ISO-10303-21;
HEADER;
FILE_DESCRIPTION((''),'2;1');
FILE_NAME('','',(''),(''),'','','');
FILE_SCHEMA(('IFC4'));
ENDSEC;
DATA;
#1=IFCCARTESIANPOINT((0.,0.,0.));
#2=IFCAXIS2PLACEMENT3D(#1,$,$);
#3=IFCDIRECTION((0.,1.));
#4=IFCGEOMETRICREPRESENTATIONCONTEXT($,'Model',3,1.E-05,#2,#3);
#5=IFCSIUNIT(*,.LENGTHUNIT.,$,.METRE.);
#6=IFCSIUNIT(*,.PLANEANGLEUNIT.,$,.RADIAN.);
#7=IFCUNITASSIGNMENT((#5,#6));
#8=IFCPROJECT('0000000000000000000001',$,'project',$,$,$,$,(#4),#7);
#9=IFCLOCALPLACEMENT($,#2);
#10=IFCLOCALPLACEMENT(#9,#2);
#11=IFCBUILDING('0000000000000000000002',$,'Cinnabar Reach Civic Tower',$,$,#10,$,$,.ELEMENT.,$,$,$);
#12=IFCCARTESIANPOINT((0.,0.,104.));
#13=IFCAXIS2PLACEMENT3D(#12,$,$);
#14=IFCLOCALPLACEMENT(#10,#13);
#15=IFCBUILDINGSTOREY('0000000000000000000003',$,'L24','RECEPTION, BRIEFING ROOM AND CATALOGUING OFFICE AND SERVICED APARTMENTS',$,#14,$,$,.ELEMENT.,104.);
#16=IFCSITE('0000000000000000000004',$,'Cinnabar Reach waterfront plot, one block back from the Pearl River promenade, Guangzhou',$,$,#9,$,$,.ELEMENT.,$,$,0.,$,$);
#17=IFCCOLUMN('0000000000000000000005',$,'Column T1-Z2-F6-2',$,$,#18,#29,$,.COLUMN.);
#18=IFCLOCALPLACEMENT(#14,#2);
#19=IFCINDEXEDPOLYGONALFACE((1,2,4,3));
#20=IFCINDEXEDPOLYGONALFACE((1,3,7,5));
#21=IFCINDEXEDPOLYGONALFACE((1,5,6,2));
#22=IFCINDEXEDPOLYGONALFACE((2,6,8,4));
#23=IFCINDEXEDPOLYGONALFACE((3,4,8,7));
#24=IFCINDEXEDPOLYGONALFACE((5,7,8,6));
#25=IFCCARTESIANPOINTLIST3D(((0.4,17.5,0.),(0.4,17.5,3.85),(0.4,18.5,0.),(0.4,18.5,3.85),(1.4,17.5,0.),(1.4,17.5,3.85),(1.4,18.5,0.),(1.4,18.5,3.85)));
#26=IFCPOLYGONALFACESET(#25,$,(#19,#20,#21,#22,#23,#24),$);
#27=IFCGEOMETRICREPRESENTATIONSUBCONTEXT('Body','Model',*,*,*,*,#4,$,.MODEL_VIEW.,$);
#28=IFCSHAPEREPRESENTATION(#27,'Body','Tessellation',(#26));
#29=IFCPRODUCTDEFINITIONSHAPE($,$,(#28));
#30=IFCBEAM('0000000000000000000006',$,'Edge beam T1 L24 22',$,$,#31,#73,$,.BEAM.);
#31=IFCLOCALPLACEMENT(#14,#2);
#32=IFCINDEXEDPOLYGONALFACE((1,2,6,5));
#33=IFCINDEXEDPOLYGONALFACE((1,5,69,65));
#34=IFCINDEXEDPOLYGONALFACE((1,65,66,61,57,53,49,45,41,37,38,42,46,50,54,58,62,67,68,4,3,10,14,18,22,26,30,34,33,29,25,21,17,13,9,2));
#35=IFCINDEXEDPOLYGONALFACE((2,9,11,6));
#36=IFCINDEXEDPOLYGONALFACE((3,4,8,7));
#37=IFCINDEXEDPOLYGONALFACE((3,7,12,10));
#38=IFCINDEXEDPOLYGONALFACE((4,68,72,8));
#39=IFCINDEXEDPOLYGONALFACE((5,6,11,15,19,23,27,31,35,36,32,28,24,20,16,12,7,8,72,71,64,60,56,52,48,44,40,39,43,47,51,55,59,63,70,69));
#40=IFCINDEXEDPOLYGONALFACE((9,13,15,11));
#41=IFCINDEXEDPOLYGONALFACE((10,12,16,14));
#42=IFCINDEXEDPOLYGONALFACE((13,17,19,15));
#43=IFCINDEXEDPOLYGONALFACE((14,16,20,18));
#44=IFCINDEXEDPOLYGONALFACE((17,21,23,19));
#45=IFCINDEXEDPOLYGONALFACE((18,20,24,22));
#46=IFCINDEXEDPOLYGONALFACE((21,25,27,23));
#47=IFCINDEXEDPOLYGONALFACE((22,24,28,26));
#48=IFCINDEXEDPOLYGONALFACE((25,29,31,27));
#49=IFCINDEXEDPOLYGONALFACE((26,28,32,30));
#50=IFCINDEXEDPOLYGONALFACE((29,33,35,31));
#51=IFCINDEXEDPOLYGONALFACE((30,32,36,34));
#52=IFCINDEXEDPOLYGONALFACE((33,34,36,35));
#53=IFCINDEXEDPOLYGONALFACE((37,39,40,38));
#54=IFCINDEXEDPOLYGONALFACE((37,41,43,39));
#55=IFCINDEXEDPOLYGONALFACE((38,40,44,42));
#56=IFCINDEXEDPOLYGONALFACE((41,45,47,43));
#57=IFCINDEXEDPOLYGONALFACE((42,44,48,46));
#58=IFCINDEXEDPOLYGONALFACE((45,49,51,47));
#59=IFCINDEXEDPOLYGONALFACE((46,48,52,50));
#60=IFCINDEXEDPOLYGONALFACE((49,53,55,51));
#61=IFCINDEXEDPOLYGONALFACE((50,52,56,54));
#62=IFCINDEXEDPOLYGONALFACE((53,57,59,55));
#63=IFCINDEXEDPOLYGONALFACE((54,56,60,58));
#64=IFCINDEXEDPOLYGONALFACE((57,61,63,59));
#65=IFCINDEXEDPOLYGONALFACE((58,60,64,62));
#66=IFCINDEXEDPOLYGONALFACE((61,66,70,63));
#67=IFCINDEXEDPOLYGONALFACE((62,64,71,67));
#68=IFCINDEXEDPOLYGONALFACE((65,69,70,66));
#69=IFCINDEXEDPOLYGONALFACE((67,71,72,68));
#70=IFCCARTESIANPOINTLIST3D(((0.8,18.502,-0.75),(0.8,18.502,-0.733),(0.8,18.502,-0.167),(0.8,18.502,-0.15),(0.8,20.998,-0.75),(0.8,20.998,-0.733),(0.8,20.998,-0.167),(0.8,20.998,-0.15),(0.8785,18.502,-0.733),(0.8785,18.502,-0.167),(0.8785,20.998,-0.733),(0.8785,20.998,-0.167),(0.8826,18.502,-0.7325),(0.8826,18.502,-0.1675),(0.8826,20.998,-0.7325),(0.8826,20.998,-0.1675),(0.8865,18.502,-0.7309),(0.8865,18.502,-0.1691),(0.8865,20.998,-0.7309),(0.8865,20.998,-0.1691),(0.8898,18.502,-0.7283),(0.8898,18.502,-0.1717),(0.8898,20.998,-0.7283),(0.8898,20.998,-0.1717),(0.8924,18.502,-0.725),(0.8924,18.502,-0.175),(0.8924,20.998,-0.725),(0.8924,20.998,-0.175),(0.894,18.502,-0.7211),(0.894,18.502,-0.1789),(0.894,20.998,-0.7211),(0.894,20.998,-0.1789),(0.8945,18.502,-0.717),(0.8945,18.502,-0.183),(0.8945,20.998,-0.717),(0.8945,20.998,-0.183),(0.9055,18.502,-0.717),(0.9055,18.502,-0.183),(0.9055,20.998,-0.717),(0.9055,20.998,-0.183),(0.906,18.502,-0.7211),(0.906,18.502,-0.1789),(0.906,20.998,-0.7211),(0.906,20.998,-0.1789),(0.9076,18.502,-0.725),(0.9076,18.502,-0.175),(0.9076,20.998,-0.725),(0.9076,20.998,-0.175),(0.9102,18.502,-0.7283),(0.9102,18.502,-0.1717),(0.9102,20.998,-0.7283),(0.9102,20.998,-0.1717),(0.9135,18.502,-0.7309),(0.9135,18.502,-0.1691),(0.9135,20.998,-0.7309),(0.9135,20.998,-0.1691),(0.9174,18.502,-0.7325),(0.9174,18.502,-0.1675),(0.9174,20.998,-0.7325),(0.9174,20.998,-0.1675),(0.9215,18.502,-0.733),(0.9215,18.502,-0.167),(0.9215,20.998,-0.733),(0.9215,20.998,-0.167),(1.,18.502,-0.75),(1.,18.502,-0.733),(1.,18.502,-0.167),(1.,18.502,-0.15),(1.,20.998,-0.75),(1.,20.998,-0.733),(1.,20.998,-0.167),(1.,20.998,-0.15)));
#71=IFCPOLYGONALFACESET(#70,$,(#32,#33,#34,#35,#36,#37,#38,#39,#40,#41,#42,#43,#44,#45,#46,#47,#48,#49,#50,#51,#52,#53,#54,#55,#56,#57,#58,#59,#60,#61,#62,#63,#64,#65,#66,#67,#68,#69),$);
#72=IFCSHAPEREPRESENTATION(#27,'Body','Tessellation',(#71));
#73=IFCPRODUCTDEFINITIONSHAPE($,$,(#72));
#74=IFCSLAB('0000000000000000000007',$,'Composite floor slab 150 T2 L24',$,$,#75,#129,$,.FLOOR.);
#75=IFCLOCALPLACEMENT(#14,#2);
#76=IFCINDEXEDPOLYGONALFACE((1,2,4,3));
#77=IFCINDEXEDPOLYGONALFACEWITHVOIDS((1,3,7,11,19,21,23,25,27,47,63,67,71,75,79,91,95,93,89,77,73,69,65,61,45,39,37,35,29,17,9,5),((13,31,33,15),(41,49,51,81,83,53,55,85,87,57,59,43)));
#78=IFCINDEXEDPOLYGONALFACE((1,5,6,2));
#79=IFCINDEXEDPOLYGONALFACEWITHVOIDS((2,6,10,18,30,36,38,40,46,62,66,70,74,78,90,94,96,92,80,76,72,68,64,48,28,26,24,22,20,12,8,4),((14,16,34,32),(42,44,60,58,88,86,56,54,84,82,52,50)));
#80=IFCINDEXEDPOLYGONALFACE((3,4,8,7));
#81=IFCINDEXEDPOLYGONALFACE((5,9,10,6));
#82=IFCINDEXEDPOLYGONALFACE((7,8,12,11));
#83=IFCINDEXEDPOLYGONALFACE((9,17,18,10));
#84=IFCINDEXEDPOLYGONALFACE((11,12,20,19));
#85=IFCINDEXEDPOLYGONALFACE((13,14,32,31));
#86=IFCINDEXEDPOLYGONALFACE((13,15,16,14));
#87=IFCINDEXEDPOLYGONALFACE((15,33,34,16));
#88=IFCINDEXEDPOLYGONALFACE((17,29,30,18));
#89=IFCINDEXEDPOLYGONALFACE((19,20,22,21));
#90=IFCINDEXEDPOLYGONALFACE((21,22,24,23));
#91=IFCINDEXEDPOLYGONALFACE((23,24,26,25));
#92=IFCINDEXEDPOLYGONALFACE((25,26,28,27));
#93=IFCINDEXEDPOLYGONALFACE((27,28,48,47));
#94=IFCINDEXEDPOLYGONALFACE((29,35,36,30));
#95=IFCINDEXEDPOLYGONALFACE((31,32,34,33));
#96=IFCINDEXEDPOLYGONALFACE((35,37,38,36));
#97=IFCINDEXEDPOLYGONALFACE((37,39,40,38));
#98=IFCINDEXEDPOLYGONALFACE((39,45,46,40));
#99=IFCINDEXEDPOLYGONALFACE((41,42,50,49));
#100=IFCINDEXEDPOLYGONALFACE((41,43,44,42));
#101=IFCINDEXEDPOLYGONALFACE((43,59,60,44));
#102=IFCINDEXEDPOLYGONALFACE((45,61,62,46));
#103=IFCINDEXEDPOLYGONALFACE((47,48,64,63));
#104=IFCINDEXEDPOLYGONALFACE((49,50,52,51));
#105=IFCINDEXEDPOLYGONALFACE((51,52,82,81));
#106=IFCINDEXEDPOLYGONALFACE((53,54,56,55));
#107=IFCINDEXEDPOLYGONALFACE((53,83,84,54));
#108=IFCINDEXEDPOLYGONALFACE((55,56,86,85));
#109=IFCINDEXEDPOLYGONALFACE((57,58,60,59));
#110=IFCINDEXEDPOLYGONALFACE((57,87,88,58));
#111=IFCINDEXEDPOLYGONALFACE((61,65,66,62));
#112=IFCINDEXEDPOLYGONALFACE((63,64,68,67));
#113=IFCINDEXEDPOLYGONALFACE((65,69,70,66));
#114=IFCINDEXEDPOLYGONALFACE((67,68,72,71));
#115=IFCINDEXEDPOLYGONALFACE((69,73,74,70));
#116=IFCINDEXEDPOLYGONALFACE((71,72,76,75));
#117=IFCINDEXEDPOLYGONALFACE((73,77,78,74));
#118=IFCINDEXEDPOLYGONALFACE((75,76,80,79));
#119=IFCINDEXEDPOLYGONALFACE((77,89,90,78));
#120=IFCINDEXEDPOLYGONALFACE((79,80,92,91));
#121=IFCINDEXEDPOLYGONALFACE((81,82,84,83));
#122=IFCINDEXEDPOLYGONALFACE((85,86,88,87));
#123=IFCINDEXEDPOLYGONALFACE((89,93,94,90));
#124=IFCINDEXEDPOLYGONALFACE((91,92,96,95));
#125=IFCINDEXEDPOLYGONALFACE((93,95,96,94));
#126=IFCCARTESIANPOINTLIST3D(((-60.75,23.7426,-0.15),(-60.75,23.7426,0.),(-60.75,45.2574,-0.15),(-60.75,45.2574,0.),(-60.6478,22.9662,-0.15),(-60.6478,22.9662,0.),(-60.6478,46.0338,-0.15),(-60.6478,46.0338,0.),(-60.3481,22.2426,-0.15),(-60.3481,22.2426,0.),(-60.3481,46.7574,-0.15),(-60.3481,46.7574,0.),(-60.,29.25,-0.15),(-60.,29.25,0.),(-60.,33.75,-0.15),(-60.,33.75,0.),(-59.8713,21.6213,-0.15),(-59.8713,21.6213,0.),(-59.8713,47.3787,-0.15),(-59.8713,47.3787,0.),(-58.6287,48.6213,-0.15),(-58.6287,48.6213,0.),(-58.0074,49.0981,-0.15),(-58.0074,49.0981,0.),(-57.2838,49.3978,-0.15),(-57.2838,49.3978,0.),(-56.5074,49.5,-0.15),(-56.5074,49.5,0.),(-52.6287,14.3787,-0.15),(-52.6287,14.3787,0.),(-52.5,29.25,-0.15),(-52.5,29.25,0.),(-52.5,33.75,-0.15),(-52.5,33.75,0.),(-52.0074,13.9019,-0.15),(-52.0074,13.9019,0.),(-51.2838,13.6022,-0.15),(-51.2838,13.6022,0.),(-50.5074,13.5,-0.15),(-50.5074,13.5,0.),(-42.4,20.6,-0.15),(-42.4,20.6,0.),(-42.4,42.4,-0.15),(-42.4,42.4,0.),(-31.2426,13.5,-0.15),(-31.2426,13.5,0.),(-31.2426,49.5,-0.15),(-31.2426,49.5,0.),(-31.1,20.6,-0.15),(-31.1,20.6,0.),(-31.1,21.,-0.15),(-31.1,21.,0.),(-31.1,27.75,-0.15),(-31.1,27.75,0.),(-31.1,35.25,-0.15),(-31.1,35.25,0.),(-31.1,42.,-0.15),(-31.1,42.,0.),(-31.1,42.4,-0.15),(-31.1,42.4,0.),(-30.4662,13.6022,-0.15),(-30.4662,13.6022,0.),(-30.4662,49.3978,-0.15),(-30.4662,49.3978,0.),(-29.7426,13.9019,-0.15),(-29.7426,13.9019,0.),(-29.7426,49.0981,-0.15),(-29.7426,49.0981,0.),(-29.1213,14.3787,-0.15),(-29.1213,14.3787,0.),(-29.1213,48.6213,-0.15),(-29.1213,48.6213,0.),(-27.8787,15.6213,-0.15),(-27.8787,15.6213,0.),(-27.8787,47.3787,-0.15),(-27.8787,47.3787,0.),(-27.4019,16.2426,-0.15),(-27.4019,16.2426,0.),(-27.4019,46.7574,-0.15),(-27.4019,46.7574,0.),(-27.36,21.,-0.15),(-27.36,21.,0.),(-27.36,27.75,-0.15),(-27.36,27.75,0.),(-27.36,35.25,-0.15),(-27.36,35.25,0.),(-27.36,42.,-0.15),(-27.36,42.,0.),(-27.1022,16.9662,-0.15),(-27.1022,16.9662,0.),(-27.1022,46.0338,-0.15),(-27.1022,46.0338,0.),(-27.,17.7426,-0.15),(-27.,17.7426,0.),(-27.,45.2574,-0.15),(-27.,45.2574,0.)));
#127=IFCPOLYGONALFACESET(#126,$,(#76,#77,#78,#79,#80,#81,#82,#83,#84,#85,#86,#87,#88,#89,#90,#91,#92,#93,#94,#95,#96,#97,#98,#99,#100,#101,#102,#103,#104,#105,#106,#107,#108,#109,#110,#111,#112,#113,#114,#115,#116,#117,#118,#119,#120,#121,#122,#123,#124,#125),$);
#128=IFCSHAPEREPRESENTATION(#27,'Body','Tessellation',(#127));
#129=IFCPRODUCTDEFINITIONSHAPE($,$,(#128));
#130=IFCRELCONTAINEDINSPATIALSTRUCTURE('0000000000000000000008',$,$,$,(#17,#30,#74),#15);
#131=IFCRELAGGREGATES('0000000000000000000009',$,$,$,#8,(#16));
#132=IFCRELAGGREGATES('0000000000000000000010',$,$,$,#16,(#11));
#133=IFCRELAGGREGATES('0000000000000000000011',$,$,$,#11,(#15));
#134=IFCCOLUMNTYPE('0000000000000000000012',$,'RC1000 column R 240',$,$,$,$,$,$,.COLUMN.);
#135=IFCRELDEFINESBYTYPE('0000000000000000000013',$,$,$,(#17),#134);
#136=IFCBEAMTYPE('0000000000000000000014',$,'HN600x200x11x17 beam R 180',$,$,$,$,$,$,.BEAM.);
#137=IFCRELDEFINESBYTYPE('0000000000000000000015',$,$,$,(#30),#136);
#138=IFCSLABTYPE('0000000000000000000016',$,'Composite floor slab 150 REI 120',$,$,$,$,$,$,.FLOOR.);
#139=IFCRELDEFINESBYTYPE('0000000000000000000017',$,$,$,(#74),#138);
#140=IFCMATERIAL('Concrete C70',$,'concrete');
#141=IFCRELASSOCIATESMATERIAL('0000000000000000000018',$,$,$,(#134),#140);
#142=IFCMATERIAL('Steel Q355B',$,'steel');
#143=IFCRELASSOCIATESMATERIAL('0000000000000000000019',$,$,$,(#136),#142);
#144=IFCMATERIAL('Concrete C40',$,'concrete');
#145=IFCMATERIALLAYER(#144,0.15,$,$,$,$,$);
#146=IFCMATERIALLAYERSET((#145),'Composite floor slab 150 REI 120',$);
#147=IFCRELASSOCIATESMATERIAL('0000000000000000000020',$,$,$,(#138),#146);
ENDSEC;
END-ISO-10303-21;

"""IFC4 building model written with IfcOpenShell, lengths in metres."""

from ifc_helpers import new_model, si_unit, direction, frame, origin, origin_2d, place, context, subcontext, project, spatial, polyline, rectangle, i_section, outline, extrude, material, layer, layer_set, material_profile, profile_set, type_object, element, save


model = new_model("IFC4")

# Units and contexts
model_context = context("Model", 3, precision=1e-05, world=origin(), true_north=direction((0.0, 1.0)))
body_context = subcontext(model_context, "Body", "Model", "MODEL_VIEW")
ifc_project = project(units=[si_unit("LENGTHUNIT", "METRE"), si_unit("PLANEANGLEUNIT", "RADIAN")], contexts=[model_context])

# Site, building, storey
site_placement = place(None, origin())
site = spatial("IfcSite", under=ifc_project, at=site_placement, Name="Cinnabar Reach waterfront plot, one block back from the Pearl River promenade, Guangzhou", CompositionType="ELEMENT", RefElevation=0.0)
building_placement = place(site_placement, origin())
building = spatial("IfcBuilding", under=site, at=building_placement, Name="Cinnabar Reach Civic Tower", CompositionType="ELEMENT")
storey_placement = place(building_placement, frame((0.0, 0.0, 104.0)))
storey = spatial("IfcBuildingStorey", under=building, at=storey_placement, Name="L24", Description="RECEPTION, BRIEFING ROOM AND CATALOGUING OFFICE AND SERVICED APARTMENTS", CompositionType="ELEMENT", Elevation=104.0)

# Column
ifc_material_1 = material(Name="Concrete C70", Category="concrete")
ifc_material_profile_1 = material_profile(ifc_material_1, rectangle(XDim=1.0, YDim=1.0, at=origin_2d()), Name="RC1000")
ifc_profile_set_1 = profile_set([ifc_material_profile_1], Name="Concrete C70")
column_type = type_object("IfcColumnType", Name="RC1000 column R 240", PredefinedType="COLUMN", material=ifc_profile_set_1)
column_placement = place(storey_placement, frame((0.9, 18.0, 0.0), z_axis=(0.0, 0.0, 1.0), x_axis=(1.0, 0.0, 0.0)))
element("IfcColumn", 1, at=column_placement, inside=storey, type_object=column_type, Name="Column T1-Z2-F6-2", PredefinedType="COLUMN", context=body_context, shape_type="SweptSolid", body=[
    extrude(rectangle(XDim=1.0, YDim=1.0, at=origin_2d()), origin(), (0.0, 0.0, 1.0), 3.85),
])

# Beam
ifc_material_2 = material(Name="Steel Q355B", Category="steel")
ifc_material_profile_2 = material_profile(ifc_material_2, i_section(OverallWidth=0.2, OverallDepth=0.6, WebThickness=0.011, FlangeThickness=0.017, FilletRadius=0.016, at=origin_2d()), Name="HN600x200x11x17")
ifc_profile_set_2 = profile_set([ifc_material_profile_2], Name="Steel Q355B")
beam_type = type_object("IfcBeamType", Name="HN600x200x11x17 beam R 180", PredefinedType="BEAM", material=ifc_profile_set_2)
beam_placement = place(storey_placement, frame((0.9, 20.998, -0.45), z_axis=(0.0, -1.0, 0.0), x_axis=(1.0, 0.0, 0.0)))
element("IfcBeam", 2, at=beam_placement, inside=storey, type_object=beam_type, Name="Edge beam T1 L24 22", PredefinedType="BEAM", context=body_context, shape_type="SweptSolid", body=[
    extrude(i_section(OverallWidth=0.2, OverallDepth=0.6, WebThickness=0.011, FlangeThickness=0.017, FilletRadius=0.016, at=origin_2d()), origin(), (0.0, 0.0, 1.0), 2.496),
])

# Slab
ifc_material_3 = material(Name="Concrete C40", Category="concrete")
ifc_layer_1 = layer(ifc_material_3, 0.15)
ifc_layer_set_1 = layer_set([ifc_layer_1], Name="Composite floor slab 150 REI 120")
slab_type_1 = type_object("IfcSlabType", Name="Composite floor slab 150 REI 120", PredefinedType="FLOOR", material=ifc_layer_set_1)
slab_1_placement = place(storey_placement, frame((0.0, 0.0, -0.15)))
element("IfcSlab", 3, at=slab_1_placement, inside=storey, type_object=slab_type_1, Name="Composite floor slab 150 T2 L24", PredefinedType="FLOOR", context=body_context, shape_type="SweptSolid", body=[
    extrude(outline(polyline([(-59.8713, 21.6213), (-60.3481, 22.2426), (-60.6478, 22.9662), (-60.75, 23.7426), (-60.75, 45.2574), (-60.6478, 46.0338), (-60.3481, 46.7574), (-59.8713, 47.3787), (-58.6287, 48.6213), (-58.0074, 49.0981), (-57.2838, 49.3978), (-56.5074, 49.5), (-31.2426, 49.5), (-30.4662, 49.3978), (-29.7426, 49.0981), (-29.1213, 48.6213), (-27.8787, 47.3787), (-27.4019, 46.7574), (-27.1022, 46.0338), (-27.0, 45.2574), (-27.0, 17.7426), (-27.1022, 16.9662), (-27.4019, 16.2426), (-27.8787, 15.6213), (-29.1213, 14.3787), (-29.7426, 13.9019), (-30.4662, 13.6022), (-31.2426, 13.5), (-50.5074, 13.5), (-51.2838, 13.6022), (-52.0074, 13.9019), (-52.6287, 14.3787), (-59.8713, 21.6213)]), holes=[polyline([(-31.1, 27.75), (-31.1, 35.25), (-27.36, 35.25), (-27.36, 42.0), (-31.1, 42.0), (-31.1, 42.4), (-42.4, 42.4), (-42.4, 20.6), (-31.1, 20.6), (-31.1, 21.0), (-27.36, 21.0), (-27.36, 27.75), (-31.1, 27.75)]), polyline([(-60.0, 33.75), (-60.0, 29.25), (-52.5, 29.25), (-52.5, 33.75), (-60.0, 33.75)])]), origin(), (0.0, 0.0, 1.0), 0.15),
])

save(model, "model.ifc")
